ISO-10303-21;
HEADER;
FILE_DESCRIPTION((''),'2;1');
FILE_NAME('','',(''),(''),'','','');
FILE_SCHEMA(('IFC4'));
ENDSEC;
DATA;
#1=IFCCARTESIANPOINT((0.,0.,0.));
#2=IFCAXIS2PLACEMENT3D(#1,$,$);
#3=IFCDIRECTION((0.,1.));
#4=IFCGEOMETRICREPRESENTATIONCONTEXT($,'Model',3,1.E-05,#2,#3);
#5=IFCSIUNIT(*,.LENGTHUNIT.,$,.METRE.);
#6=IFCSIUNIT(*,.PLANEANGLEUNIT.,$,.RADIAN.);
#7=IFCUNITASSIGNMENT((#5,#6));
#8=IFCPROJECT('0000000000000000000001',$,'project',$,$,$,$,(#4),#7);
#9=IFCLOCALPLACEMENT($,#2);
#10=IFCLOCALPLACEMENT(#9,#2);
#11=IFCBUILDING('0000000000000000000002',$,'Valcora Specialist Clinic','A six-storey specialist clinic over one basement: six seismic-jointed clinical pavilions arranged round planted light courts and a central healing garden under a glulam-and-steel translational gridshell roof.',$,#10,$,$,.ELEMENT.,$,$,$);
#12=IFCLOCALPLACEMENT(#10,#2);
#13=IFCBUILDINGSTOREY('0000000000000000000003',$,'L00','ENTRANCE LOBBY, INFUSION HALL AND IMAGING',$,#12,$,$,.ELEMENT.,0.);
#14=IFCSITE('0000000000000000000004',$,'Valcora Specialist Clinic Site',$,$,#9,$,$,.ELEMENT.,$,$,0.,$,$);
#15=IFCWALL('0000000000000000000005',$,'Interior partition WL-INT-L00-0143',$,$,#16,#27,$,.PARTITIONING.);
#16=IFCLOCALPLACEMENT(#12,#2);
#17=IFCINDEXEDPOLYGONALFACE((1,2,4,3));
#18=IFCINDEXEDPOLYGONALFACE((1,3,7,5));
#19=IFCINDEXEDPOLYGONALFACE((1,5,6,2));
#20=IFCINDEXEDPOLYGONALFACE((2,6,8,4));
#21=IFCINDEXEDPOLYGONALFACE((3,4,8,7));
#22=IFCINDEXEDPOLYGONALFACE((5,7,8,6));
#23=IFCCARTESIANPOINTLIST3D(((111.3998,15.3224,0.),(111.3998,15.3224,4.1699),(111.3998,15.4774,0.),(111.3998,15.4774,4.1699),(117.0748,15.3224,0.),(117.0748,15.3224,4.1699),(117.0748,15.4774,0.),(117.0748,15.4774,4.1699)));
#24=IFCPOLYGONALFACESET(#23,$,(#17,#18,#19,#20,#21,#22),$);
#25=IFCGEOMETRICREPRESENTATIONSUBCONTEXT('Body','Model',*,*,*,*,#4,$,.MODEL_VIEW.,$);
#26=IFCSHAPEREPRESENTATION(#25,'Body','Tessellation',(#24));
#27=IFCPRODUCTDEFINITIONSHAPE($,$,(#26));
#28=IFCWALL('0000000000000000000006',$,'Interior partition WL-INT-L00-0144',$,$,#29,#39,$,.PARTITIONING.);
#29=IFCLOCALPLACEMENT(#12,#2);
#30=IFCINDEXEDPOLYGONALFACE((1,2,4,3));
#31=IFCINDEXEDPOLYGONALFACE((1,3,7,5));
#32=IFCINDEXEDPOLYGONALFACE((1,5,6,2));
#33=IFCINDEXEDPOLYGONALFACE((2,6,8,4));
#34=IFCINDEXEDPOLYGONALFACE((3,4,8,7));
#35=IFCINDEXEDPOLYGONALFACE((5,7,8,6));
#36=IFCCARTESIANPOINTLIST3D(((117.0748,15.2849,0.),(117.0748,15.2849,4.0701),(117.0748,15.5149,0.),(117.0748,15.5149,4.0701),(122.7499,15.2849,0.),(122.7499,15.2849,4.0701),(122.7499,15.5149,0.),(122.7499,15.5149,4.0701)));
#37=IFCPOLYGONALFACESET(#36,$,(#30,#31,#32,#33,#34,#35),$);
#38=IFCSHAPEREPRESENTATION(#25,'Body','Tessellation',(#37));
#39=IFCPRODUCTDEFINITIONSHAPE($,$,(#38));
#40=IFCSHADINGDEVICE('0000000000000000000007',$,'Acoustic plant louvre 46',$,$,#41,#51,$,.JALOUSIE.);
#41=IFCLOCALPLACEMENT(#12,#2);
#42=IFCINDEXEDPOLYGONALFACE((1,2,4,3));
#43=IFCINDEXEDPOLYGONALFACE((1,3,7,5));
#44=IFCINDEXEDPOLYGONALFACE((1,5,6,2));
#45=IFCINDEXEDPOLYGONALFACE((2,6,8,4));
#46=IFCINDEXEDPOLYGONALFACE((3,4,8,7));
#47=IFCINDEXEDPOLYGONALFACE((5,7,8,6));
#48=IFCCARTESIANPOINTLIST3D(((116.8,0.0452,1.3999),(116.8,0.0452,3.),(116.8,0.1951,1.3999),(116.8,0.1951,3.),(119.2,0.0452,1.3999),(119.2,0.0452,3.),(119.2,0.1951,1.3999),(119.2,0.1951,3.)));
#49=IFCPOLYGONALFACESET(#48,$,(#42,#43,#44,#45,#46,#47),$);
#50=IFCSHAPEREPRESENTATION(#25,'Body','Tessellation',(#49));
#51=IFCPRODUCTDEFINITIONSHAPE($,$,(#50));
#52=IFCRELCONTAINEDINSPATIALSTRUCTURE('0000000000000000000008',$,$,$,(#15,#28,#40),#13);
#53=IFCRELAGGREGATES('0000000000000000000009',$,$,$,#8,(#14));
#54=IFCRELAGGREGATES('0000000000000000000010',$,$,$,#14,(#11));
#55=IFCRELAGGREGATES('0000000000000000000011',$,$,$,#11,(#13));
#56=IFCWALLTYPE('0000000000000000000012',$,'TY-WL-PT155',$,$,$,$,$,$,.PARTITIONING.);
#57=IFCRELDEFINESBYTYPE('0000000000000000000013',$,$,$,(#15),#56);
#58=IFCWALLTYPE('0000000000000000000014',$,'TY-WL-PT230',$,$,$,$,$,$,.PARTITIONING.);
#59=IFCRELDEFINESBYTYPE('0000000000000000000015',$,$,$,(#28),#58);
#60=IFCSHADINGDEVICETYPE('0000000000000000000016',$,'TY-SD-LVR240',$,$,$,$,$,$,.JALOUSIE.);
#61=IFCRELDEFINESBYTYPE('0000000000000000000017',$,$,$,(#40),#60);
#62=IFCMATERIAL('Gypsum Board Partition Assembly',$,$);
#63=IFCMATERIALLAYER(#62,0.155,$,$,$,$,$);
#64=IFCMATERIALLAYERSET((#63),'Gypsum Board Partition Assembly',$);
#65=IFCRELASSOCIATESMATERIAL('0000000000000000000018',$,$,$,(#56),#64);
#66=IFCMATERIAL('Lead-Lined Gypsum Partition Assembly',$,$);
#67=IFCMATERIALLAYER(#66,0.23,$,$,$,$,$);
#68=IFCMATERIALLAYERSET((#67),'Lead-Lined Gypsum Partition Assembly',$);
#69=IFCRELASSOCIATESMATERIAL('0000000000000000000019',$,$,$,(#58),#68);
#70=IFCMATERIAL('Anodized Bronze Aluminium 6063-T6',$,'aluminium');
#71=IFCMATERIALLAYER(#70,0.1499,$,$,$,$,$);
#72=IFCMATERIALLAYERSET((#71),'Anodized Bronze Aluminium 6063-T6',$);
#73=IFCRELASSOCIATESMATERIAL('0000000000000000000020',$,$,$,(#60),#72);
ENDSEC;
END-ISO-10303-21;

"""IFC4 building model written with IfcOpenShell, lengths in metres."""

from ifc_helpers import new_model, si_unit, direction, frame, frame_2d, origin, origin_2d, place, context, subcontext, project, spatial, rectangle, extrude, material, layer, layer_set, type_object, element, save


model = new_model("IFC4")

# Units and contexts
model_context = context("Model", 3, precision=1e-05, world=origin(), true_north=direction((0.0, 1.0)))
body_context = subcontext(model_context, "Body", "Model", "MODEL_VIEW")
ifc_project = project(units=[si_unit("LENGTHUNIT", "METRE"), si_unit("PLANEANGLEUNIT", "RADIAN")], contexts=[model_context])

# Site, building, storey
site_placement = place(None, origin())
site = spatial("IfcSite", under=ifc_project, at=site_placement, Name="Valcora Specialist Clinic Site", CompositionType="ELEMENT", RefElevation=0.0)
building_placement = place(site_placement, origin())
building = spatial("IfcBuilding", under=site, at=building_placement, Name="Valcora Specialist Clinic", Description="A six-storey specialist clinic over one basement: six seismic-jointed clinical pavilions arranged round planted light courts and a central healing garden under a glulam-and-steel translational gridshell roof.", CompositionType="ELEMENT")
storey_placement = place(building_placement, origin())
storey = spatial("IfcBuildingStorey", under=building, at=storey_placement, Name="L00", Description="ENTRANCE LOBBY, INFUSION HALL AND IMAGING", CompositionType="ELEMENT", Elevation=0.0)

# Walls
ifc_material_1 = material(Name="Gypsum Board Partition Assembly")
ifc_layer_1 = layer(ifc_material_1, 0.155)
ifc_layer_set_1 = layer_set([ifc_layer_1], Name="Gypsum Board Partition Assembly")
wall_type_1 = type_object("IfcWallType", Name="TY-WL-PT155", PredefinedType="PARTITIONING", material=ifc_layer_set_1)
wall_1_placement = place(storey_placement, frame((111.3999, 15.3999, 0.0), z_axis=(0.0, 0.0, 1.0), x_axis=(1.0, 0.0, 0.0)))
element("IfcWall", 1, at=wall_1_placement, inside=storey, type_object=wall_type_1, Name="Interior partition WL-INT-L00-0143", PredefinedType="PARTITIONING", context=body_context, shape_type="SweptSolid", body=[
    extrude(rectangle(XDim=5.675, YDim=0.155, at=frame_2d((2.8374, 0.0))), origin(), (0.0, 0.0, 1.0), 4.1699),
])
ifc_material_2 = material(Name="Lead-Lined Gypsum Partition Assembly")
ifc_layer_2 = layer(ifc_material_2, 0.23)
ifc_layer_set_2 = layer_set([ifc_layer_2], Name="Lead-Lined Gypsum Partition Assembly")
wall_type_2 = type_object("IfcWallType", Name="TY-WL-PT230", PredefinedType="PARTITIONING", material=ifc_layer_set_2)
wall_2_placement = place(storey_placement, frame((117.075, 15.3999, 0.0), z_axis=(0.0, 0.0, 1.0), x_axis=(1.0, 0.0, 0.0)))
element("IfcWall", 2, at=wall_2_placement, inside=storey, type_object=wall_type_2, Name="Interior partition WL-INT-L00-0144", PredefinedType="PARTITIONING", context=body_context, shape_type="SweptSolid", body=[
    extrude(rectangle(XDim=5.675, YDim=0.23, at=frame_2d((2.8374, 0.0))), origin(), (0.0, 0.0, 1.0), 4.0701),
])

# Shading device
ifc_material_3 = material(Name="Anodized Bronze Aluminium 6063-T6", Category="aluminium")
ifc_layer_3 = layer(ifc_material_3, 0.1499)
ifc_layer_set_3 = layer_set([ifc_layer_3], Name="Anodized Bronze Aluminium 6063-T6")
shading_device_type = type_object("IfcShadingDeviceType", Name="TY-SD-LVR240", PredefinedType="JALOUSIE", material=ifc_layer_set_3)
shading_device_placement = place(storey_placement, frame((118.0, 0.1201, 1.3999), z_axis=(0.0, 0.0, 1.0), x_axis=(1.0, 0.0, 0.0)))
element("IfcShadingDevice", 3, at=shading_device_placement, inside=storey, type_object=shading_device_type, Name="Acoustic plant louvre 46", PredefinedType="JALOUSIE", context=body_context, shape_type="SweptSolid", body=[
    extrude(rectangle(XDim=2.3999, YDim=0.1499, at=origin_2d()), origin(), (0.0, 0.0, 1.0), 1.6001),
])

save(model, "model.ifc")
